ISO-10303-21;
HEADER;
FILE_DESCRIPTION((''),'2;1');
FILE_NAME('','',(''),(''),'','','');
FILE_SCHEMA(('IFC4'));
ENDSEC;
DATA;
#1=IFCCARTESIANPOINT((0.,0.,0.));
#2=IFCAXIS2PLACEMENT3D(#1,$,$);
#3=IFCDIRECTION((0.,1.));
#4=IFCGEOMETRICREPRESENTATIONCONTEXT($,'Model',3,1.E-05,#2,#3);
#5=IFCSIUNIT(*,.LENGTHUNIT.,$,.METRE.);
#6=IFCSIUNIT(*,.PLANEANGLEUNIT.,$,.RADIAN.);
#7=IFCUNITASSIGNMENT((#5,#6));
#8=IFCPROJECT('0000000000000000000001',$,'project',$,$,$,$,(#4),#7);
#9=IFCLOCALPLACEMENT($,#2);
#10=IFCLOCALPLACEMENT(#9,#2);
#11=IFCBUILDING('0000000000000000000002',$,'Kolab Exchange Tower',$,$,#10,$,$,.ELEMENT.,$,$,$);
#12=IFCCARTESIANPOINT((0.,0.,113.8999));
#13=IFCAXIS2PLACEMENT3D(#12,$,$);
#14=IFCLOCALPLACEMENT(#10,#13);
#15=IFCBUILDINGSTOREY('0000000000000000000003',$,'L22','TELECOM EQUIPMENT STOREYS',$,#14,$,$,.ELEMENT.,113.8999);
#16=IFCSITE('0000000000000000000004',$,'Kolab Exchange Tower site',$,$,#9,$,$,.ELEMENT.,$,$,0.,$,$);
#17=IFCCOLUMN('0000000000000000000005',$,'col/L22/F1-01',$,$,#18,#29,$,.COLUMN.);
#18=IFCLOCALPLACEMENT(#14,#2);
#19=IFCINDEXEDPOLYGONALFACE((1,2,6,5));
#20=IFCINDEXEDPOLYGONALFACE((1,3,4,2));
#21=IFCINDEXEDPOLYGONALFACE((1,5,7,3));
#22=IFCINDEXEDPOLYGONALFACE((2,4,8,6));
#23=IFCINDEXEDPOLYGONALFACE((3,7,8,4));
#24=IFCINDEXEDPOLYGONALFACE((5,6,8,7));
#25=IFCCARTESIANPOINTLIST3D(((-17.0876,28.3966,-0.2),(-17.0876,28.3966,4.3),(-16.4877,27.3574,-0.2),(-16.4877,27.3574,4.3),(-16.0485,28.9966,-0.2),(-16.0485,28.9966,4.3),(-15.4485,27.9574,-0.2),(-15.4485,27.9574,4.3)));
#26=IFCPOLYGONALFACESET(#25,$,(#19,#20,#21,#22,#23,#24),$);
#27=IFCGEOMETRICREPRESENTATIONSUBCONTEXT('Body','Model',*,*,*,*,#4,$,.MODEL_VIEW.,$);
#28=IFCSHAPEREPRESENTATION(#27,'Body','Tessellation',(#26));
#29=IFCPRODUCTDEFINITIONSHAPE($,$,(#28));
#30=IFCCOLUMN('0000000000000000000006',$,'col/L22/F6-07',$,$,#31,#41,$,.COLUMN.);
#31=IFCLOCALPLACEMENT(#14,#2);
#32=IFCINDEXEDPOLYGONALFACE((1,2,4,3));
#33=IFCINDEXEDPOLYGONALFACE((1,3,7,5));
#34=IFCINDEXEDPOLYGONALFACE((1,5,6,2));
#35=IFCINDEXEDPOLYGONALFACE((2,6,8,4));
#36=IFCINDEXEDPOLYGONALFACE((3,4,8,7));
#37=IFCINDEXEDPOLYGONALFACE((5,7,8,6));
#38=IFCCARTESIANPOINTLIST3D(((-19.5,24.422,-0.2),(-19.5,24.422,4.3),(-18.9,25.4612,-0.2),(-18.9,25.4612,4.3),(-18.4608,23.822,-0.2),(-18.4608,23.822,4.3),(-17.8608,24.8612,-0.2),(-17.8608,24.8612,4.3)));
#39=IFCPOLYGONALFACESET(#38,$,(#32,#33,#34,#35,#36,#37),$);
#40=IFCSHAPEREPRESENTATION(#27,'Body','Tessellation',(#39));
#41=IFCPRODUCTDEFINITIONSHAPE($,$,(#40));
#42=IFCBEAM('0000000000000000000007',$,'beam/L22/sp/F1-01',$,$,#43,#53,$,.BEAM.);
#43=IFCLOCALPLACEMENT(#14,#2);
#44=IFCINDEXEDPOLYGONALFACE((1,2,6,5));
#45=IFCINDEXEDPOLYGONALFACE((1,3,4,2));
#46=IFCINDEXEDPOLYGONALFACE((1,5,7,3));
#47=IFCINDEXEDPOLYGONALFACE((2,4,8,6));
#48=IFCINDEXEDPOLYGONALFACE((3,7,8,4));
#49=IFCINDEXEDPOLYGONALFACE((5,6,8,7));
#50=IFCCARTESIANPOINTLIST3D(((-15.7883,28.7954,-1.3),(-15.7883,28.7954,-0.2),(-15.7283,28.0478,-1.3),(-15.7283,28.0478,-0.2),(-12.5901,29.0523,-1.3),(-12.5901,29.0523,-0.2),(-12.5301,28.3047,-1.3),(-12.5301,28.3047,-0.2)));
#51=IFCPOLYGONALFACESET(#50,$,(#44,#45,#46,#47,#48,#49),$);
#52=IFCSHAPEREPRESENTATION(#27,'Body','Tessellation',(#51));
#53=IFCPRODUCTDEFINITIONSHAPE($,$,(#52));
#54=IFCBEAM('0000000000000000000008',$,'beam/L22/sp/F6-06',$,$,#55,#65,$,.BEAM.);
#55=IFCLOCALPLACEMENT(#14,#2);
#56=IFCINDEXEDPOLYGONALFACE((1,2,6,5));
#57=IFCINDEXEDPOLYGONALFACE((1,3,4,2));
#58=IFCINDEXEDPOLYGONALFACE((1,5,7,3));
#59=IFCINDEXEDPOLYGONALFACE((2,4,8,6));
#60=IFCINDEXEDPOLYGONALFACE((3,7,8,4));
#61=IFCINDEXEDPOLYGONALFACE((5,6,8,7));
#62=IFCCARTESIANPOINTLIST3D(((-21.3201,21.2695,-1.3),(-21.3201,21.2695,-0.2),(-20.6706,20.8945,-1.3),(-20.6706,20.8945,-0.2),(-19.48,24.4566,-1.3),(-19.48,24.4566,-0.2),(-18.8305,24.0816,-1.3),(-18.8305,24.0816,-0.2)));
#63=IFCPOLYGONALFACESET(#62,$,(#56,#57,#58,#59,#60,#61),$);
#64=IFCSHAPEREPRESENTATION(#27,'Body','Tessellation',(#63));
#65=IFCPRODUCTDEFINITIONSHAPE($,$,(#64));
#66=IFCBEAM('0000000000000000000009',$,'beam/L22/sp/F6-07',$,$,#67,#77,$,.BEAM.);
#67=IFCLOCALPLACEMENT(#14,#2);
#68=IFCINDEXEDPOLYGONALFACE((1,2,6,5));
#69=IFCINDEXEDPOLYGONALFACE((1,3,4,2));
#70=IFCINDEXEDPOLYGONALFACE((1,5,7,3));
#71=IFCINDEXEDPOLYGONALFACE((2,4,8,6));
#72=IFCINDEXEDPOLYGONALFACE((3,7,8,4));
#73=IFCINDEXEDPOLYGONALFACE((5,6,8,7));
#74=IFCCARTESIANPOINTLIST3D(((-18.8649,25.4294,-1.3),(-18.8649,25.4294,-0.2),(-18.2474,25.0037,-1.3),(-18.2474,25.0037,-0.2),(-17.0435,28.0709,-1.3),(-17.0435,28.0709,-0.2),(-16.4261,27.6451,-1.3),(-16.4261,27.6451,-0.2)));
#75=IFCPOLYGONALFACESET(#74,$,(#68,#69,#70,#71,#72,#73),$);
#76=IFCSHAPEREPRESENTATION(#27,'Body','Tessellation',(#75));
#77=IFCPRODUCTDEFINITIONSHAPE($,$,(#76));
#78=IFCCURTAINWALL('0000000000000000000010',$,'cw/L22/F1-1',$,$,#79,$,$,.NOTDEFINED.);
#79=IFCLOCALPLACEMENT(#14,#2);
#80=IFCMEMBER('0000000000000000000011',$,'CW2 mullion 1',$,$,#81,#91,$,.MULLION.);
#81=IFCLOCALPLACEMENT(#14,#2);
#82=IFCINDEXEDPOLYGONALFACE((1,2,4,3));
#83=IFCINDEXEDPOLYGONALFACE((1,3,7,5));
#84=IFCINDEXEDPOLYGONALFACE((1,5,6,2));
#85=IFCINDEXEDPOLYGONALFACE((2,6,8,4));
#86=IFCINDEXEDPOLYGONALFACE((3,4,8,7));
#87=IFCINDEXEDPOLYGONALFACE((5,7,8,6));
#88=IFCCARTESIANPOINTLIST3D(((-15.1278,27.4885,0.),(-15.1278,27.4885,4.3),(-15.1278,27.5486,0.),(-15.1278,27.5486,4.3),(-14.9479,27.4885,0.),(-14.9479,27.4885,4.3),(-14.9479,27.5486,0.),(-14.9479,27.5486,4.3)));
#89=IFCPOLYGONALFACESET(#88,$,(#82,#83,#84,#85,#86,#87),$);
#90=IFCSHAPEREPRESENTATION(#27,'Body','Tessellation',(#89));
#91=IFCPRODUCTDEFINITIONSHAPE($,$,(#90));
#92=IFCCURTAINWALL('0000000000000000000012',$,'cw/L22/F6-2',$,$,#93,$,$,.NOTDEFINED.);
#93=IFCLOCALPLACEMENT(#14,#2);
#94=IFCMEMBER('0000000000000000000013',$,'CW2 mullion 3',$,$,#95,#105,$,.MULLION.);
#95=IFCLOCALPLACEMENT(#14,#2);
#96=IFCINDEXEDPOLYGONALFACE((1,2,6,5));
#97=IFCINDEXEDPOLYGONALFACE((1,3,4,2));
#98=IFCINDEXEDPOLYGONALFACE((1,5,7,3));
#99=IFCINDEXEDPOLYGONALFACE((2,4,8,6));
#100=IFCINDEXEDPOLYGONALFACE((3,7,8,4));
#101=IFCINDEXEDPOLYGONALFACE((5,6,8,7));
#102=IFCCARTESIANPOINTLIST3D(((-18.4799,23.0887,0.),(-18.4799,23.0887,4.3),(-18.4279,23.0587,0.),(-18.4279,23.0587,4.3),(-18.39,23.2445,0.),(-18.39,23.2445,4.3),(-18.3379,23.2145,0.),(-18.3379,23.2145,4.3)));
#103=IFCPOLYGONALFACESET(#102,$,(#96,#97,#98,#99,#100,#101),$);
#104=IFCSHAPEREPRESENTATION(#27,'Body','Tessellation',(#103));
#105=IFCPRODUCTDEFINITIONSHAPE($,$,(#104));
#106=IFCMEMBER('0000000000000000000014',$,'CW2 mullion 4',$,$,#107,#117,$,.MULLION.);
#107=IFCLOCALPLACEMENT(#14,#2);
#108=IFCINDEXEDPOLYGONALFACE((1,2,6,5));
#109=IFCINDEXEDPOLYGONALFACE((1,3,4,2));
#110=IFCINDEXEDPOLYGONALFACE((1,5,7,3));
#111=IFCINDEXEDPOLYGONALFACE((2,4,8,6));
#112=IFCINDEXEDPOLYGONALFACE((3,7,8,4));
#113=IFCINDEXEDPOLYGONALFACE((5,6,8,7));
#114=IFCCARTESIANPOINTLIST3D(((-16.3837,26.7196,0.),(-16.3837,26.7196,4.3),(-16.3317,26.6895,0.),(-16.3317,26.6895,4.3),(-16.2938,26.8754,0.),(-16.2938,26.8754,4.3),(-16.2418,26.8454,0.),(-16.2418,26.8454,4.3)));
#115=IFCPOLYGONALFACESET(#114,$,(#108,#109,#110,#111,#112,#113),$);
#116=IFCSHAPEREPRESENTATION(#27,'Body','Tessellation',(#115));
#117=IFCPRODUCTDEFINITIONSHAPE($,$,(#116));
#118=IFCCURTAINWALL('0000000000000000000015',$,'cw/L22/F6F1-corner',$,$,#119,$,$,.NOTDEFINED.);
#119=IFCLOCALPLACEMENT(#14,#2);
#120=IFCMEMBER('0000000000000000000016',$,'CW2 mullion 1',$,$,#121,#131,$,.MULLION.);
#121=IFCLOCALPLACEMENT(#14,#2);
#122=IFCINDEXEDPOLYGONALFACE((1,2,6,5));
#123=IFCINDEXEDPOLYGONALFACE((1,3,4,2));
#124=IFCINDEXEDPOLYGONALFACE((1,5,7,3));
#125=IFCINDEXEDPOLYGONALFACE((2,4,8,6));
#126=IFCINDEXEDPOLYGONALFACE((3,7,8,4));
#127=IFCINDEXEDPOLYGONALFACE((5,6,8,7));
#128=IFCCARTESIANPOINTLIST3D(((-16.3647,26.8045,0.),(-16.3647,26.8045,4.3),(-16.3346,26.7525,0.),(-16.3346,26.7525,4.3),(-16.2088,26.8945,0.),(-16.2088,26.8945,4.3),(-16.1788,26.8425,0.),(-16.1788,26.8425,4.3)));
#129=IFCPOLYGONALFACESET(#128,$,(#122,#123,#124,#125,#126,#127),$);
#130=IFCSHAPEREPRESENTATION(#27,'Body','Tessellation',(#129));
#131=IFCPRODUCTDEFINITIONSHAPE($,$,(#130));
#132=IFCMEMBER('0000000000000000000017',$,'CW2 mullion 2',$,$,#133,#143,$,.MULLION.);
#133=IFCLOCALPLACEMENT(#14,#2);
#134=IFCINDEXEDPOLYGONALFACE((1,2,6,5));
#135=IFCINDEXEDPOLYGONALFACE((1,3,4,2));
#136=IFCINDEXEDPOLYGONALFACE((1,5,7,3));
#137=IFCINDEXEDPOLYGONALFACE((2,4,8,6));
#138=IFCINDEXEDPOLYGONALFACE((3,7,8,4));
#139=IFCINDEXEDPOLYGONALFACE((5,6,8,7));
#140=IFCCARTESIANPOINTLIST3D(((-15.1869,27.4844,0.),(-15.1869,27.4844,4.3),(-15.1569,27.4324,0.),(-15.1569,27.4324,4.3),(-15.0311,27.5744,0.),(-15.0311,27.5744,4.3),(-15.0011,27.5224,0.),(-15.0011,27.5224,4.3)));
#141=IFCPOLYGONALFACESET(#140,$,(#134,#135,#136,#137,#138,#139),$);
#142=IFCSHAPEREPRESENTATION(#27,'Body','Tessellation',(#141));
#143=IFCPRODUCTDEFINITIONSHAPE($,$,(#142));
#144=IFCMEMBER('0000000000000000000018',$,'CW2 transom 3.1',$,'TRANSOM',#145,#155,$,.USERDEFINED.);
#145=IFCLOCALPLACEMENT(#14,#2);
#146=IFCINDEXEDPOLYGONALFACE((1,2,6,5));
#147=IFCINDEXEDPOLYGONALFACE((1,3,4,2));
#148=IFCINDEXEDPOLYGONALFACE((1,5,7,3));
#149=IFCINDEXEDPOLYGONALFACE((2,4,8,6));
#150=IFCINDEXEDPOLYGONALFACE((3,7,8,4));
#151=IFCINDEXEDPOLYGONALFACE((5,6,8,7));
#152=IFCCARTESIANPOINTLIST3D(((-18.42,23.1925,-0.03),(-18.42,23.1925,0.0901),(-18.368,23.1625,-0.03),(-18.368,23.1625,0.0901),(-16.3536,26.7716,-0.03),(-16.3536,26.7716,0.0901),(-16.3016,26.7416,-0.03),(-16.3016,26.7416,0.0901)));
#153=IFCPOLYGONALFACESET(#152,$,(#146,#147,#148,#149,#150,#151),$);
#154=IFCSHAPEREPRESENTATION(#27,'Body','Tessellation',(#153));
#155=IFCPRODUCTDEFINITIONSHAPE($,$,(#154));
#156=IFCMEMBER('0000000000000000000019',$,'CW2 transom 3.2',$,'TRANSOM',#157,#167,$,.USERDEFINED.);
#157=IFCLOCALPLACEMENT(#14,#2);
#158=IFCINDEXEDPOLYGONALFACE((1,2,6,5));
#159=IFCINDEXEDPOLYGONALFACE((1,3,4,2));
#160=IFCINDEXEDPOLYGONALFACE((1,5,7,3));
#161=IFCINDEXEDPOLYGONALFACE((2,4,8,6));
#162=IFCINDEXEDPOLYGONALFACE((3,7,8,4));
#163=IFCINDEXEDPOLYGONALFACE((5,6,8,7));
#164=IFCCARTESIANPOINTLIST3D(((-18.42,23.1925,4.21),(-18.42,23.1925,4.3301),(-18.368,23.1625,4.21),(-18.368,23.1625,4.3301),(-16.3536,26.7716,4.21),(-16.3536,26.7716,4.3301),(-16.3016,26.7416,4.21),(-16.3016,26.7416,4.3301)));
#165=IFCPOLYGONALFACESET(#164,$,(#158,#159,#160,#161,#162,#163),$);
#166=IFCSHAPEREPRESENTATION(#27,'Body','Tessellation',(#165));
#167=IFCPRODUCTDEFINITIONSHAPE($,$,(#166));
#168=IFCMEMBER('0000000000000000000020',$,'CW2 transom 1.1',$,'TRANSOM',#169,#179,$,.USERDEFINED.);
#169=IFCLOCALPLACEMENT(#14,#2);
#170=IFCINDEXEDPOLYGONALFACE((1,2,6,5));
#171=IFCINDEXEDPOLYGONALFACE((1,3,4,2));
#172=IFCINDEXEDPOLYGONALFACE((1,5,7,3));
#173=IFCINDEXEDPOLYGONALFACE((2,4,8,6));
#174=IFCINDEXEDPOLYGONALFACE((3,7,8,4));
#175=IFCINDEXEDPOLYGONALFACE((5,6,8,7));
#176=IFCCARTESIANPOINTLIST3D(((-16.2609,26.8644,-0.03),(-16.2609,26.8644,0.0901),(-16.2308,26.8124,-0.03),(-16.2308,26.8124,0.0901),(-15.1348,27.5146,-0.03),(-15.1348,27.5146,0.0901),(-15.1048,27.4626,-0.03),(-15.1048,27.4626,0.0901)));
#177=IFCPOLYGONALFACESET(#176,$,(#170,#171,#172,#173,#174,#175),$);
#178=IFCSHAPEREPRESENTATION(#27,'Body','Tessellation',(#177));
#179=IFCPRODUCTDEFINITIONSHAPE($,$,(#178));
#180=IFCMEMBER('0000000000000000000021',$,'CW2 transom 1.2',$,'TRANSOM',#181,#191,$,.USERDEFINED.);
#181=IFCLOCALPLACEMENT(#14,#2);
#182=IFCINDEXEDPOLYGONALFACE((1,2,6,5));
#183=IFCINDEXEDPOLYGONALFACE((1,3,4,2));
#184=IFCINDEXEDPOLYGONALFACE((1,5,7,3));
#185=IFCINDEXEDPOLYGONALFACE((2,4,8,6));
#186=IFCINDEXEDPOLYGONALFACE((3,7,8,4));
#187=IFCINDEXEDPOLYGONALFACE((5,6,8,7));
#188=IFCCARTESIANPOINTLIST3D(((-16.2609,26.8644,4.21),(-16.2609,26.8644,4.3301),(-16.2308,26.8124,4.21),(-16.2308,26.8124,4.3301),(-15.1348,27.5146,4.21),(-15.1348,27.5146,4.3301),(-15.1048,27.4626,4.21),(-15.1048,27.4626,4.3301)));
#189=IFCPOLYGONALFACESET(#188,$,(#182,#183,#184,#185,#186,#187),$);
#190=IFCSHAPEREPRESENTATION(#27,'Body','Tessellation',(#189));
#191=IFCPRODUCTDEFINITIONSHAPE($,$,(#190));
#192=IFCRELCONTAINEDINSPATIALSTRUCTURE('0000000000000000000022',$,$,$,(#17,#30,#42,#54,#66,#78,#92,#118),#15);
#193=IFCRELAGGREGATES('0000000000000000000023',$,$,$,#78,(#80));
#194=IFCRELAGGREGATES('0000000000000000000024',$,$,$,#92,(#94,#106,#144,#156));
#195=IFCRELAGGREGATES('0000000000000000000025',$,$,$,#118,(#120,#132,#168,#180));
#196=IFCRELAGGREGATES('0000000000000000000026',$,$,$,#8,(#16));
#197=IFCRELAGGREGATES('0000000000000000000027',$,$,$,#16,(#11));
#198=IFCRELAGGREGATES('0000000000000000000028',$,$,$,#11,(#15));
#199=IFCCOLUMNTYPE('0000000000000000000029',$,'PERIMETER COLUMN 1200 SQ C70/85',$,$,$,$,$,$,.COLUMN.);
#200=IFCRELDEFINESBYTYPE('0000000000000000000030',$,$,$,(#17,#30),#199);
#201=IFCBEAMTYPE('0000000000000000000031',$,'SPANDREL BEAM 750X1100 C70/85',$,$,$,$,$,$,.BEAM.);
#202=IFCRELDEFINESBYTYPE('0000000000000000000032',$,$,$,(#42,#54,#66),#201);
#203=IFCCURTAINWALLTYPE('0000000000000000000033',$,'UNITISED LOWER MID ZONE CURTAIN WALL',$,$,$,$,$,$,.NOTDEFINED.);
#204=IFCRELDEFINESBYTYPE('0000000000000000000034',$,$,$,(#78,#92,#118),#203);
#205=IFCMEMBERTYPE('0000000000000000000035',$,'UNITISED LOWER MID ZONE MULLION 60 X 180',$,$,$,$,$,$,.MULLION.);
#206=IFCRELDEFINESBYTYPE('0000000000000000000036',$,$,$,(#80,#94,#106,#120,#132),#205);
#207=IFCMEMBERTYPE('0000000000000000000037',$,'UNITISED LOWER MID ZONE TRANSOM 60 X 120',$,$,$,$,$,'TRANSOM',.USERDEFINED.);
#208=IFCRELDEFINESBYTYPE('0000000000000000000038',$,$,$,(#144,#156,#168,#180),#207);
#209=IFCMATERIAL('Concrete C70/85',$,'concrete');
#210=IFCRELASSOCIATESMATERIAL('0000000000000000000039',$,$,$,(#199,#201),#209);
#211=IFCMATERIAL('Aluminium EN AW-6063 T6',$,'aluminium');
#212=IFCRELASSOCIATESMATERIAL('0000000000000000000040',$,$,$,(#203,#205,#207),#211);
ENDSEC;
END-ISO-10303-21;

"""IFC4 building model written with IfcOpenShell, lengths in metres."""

from ifc_helpers import new_model, si_unit, direction, frame, origin, origin_2d, place, context, subcontext, project, spatial, rectangle, extrude, material, material_profile, profile_set, type_object, element, aggregate, save


model = new_model("IFC4")

# Units and contexts
model_context = context("Model", 3, precision=1e-05, world=origin(), true_north=direction((0.0, 1.0)))
body_context = subcontext(model_context, "Body", "Model", "MODEL_VIEW")
ifc_project = project(units=[si_unit("LENGTHUNIT", "METRE"), si_unit("PLANEANGLEUNIT", "RADIAN")], contexts=[model_context])

# Site, building, storey
site_placement = place(None, origin())
site = spatial("IfcSite", under=ifc_project, at=site_placement, Name="Kolab Exchange Tower site", CompositionType="ELEMENT", RefElevation=0.0)
building_placement = place(site_placement, origin())
building = spatial("IfcBuilding", under=site, at=building_placement, Name="Kolab Exchange Tower", CompositionType="ELEMENT")
storey_placement = place(building_placement, frame((0.0, 0.0, 113.8999)))
storey = spatial("IfcBuildingStorey", under=building, at=storey_placement, Name="L22", Description="TELECOM EQUIPMENT STOREYS", CompositionType="ELEMENT", Elevation=113.8999)

# Columns
ifc_material_1 = material(Name="Concrete C70/85", Category="concrete")
ifc_material_profile_1 = material_profile(ifc_material_1, rectangle(XDim=1.2, YDim=1.2, at=origin_2d()), Name="RC1200")
ifc_profile_set_1 = profile_set([ifc_material_profile_1], Name="Concrete C70/85")
column_type = type_object("IfcColumnType", Name="PERIMETER COLUMN 1200 SQ C70/85", PredefinedType="COLUMN", material=ifc_profile_set_1)
for number, where, z_axis, x_axis, name in (
    (1, (-16.2681, 28.177, -0.2), (0.0, 0.0, 1.0), (0.866025, 0.5, 0.0), "col/L22/F1-01"),
    (2, (-18.6804, 24.6416, -0.2), (0.0, 0.0, 1.0), (0.5, 0.866025, 0.0), "col/L22/F6-07"),
):
    element("IfcColumn", number, at=place(storey_placement, frame(where, z_axis=z_axis, x_axis=x_axis)), inside=storey, type_object=column_type, Name=name, PredefinedType="COLUMN", context=body_context, shape_type="SweptSolid", body=[
        extrude(rectangle(XDim=1.2, YDim=1.2, at=origin_2d()), origin(), (0.0, 0.0, 1.0), 4.5),
    ])

# Beams
ifc_material_profile_2 = material_profile(ifc_material_1, rectangle(XDim=0.75, YDim=1.1001, at=origin_2d()), Name="RC750X1100")
ifc_profile_set_2 = profile_set([ifc_material_profile_2], Name="Concrete C70/85")
beam_type = type_object("IfcBeamType", Name="SPANDREL BEAM 750X1100 C70/85", PredefinedType="BEAM", material=ifc_profile_set_2)
beam_1_placement = place(storey_placement, frame((-15.7583, 28.4216, -0.75), z_axis=(0.996791, 0.080048, 0.0), x_axis=(-0.080048, 0.996791, 0.0)))
element("IfcBeam", 3, at=beam_1_placement, inside=storey, type_object=beam_type, Name="beam/L22/sp/F1-01", PredefinedType="BEAM", context=body_context, shape_type="SweptSolid", body=[
    extrude(rectangle(XDim=0.75, YDim=1.1001, at=origin_2d()), origin(), (0.0, 0.0, 1.0), 3.2085),
])
beam_2_placement = place(storey_placement, frame((-20.9954, 21.082, -0.75), z_axis=(0.500013, 0.866018, 0.0), x_axis=(-0.866018, 0.500013, 0.0)))
element("IfcBeam", 4, at=beam_2_placement, inside=storey, type_object=beam_type, Name="beam/L22/sp/F6-06", PredefinedType="BEAM", context=body_context, shape_type="SweptSolid", body=[
    extrude(rectangle(XDim=0.75, YDim=1.1001, at=origin_2d()), origin(), (0.0, 0.0, 1.0), 3.6802),
])
beam_3_placement = place(storey_placement, frame((-18.5562, 25.2166, -0.75), z_axis=(0.567662, 0.823262, 0.0), x_axis=(-0.823262, 0.567662, 0.0)))
element("IfcBeam", 5, at=beam_3_placement, inside=storey, type_object=beam_type, Name="beam/L22/sp/F6-07", PredefinedType="BEAM", context=body_context, shape_type="SweptSolid", body=[
    extrude(rectangle(XDim=0.75, YDim=1.1001, at=origin_2d()), origin(), (0.0, 0.0, 1.0), 3.2085),
])

# Curtain wall, member
ifc_material_2 = material(Name="Aluminium EN AW-6063 T6", Category="aluminium")
curtain_wall_type = type_object("IfcCurtainWallType", Name="UNITISED LOWER MID ZONE CURTAIN WALL", PredefinedType="NOTDEFINED", material=ifc_material_2)
curtain_wall_1_placement = place(storey_placement, origin())
curtain_wall_1 = element("IfcCurtainWall", 6, at=curtain_wall_1_placement, inside=storey, type_object=curtain_wall_type, Name="cw/L22/F1-1", PredefinedType="NOTDEFINED")
ifc_material_profile_3 = material_profile(ifc_material_2, rectangle(XDim=0.0601, YDim=0.1799, at=origin_2d()), Name="RECT 60X180")
ifc_profile_set_3 = profile_set([ifc_material_profile_3], Name="Aluminium EN AW-6063 T6")
member_type_1 = type_object("IfcMemberType", Name="UNITISED LOWER MID ZONE MULLION 60 X 180", PredefinedType="MULLION", material=ifc_profile_set_3)
member_1_placement = place(storey_placement, frame((-15.0378, 27.5186, 0.0), z_axis=(0.0, 0.0, 1.0), x_axis=(0.0, 1.0, 0.0)))
member_1 = element("IfcMember", 7, at=member_1_placement, type_object=member_type_1, Name="CW2 mullion 1", PredefinedType="MULLION", context=body_context, shape_type="SweptSolid", body=[
    extrude(rectangle(XDim=0.0601, YDim=0.1799, at=origin_2d()), origin(), (0.0, 0.0, 1.0), 4.3),
])
aggregate(curtain_wall_1, [member_1])

# Curtain walls, members
curtain_wall_2_placement = place(storey_placement, origin())
curtain_wall_2 = element("IfcCurtainWall", 8, at=curtain_wall_2_placement, inside=storey, type_object=curtain_wall_type, Name="cw/L22/F6-2", PredefinedType="NOTDEFINED")
member_2_placement = place(storey_placement, frame((-18.4089, 23.1516, 0.0), z_axis=(0.0, 0.0, 1.0), x_axis=(-0.866025, 0.5, 0.0)))
member_2 = element("IfcMember", 9, at=member_2_placement, type_object=member_type_1, Name="CW2 mullion 3", PredefinedType="MULLION", context=body_context, shape_type="SweptSolid", body=[
    extrude(rectangle(XDim=0.0601, YDim=0.1799, at=origin_2d()), origin(), (0.0, 0.0, 1.0), 4.3),
])
member_3_placement = place(storey_placement, frame((-16.3127, 26.7825, 0.0), z_axis=(0.0, 0.0, 1.0), x_axis=(-0.866025, 0.5, 0.0)))
member_3 = element("IfcMember", 10, at=member_3_placement, type_object=member_type_1, Name="CW2 mullion 4", PredefinedType="MULLION", context=body_context, shape_type="SweptSolid", body=[
    extrude(rectangle(XDim=0.0601, YDim=0.1799, at=origin_2d()), origin(), (0.0, 0.0, 1.0), 4.3),
])
curtain_wall_3_placement = place(storey_placement, origin())
curtain_wall_3 = element("IfcCurtainWall", 11, at=curtain_wall_3_placement, inside=storey, type_object=curtain_wall_type, Name="cw/L22/F6F1-corner", PredefinedType="NOTDEFINED")
member_4_placement = place(storey_placement, frame((-16.2717, 26.8235, 0.0), z_axis=(0.0, 0.0, 1.0), x_axis=(-0.5, 0.866025, 0.0)))
member_4 = element("IfcMember", 12, at=member_4_placement, type_object=member_type_1, Name="CW2 mullion 1", PredefinedType="MULLION", context=body_context, shape_type="SweptSolid", body=[
    extrude(rectangle(XDim=0.0601, YDim=0.1799, at=origin_2d()), origin(), (0.0, 0.0, 1.0), 4.3),
])
member_5_placement = place(storey_placement, frame((-15.094, 27.5034, 0.0), z_axis=(0.0, 0.0, 1.0), x_axis=(-0.5, 0.866025, 0.0)))
member_5 = element("IfcMember", 13, at=member_5_placement, type_object=member_type_1, Name="CW2 mullion 2", PredefinedType="MULLION", context=body_context, shape_type="SweptSolid", body=[
    extrude(rectangle(XDim=0.0601, YDim=0.1799, at=origin_2d()), origin(), (0.0, 0.0, 1.0), 4.3),
])

# Members
ifc_material_profile_4 = material_profile(ifc_material_2, rectangle(XDim=0.0601, YDim=0.1201, at=origin_2d()), Name="RECT 60X120")
ifc_profile_set_4 = profile_set([ifc_material_profile_4], Name="Aluminium EN AW-6063 T6")
member_type_2 = type_object("IfcMemberType", Name="UNITISED LOWER MID ZONE TRANSOM 60 X 120", ElementType="TRANSOM", PredefinedType="USERDEFINED", material=ifc_profile_set_4)
member_6_placement = place(storey_placement, frame((-18.394, 23.1775, 0.03), z_axis=(0.500002, 0.866024, 0.0), x_axis=(-0.866024, 0.500002, 0.0)))
member_6 = element("IfcMember", 14, at=member_6_placement, type_object=member_type_2, Name="CW2 transom 3.1", ObjectType="TRANSOM", PredefinedType="USERDEFINED", context=body_context, shape_type="SweptSolid", body=[
    extrude(rectangle(XDim=0.0601, YDim=0.1201, at=origin_2d()), origin(), (0.0, 0.0, 1.0), 4.1328),
])
member_7_placement = place(storey_placement, frame((-18.394, 23.1775, 4.27), z_axis=(0.500002, 0.866024, 0.0), x_axis=(-0.866024, 0.500002, 0.0)))
member_7 = element("IfcMember", 15, at=member_7_placement, type_object=member_type_2, Name="CW2 transom 3.2", ObjectType="TRANSOM", PredefinedType="USERDEFINED", context=body_context, shape_type="SweptSolid", body=[
    extrude(rectangle(XDim=0.0601, YDim=0.1201, at=origin_2d()), origin(), (0.0, 0.0, 1.0), 4.1328),
])
member_8_placement = place(storey_placement, frame((-16.2458, 26.8384, 0.03), z_axis=(0.866004, 0.500037, 0.0), x_axis=(-0.500037, 0.866004, 0.0)))
member_8 = element("IfcMember", 16, at=member_8_placement, type_object=member_type_2, Name="CW2 transom 1.1", ObjectType="TRANSOM", PredefinedType="USERDEFINED", context=body_context, shape_type="SweptSolid", body=[
    extrude(rectangle(XDim=0.0601, YDim=0.1201, at=origin_2d()), origin(), (0.0, 0.0, 1.0), 1.3003),
])
member_9_placement = place(storey_placement, frame((-16.2458, 26.8384, 4.27), z_axis=(0.866004, 0.500037, 0.0), x_axis=(-0.500037, 0.866004, 0.0)))
member_9 = element("IfcMember", 17, at=member_9_placement, type_object=member_type_2, Name="CW2 transom 1.2", ObjectType="TRANSOM", PredefinedType="USERDEFINED", context=body_context, shape_type="SweptSolid", body=[
    extrude(rectangle(XDim=0.0601, YDim=0.1201, at=origin_2d()), origin(), (0.0, 0.0, 1.0), 1.3003),
])

aggregate(curtain_wall_2, [member_2, member_3, member_6, member_7])
aggregate(curtain_wall_3, [member_4, member_5, member_8, member_9])

save(model, "model.ifc")
